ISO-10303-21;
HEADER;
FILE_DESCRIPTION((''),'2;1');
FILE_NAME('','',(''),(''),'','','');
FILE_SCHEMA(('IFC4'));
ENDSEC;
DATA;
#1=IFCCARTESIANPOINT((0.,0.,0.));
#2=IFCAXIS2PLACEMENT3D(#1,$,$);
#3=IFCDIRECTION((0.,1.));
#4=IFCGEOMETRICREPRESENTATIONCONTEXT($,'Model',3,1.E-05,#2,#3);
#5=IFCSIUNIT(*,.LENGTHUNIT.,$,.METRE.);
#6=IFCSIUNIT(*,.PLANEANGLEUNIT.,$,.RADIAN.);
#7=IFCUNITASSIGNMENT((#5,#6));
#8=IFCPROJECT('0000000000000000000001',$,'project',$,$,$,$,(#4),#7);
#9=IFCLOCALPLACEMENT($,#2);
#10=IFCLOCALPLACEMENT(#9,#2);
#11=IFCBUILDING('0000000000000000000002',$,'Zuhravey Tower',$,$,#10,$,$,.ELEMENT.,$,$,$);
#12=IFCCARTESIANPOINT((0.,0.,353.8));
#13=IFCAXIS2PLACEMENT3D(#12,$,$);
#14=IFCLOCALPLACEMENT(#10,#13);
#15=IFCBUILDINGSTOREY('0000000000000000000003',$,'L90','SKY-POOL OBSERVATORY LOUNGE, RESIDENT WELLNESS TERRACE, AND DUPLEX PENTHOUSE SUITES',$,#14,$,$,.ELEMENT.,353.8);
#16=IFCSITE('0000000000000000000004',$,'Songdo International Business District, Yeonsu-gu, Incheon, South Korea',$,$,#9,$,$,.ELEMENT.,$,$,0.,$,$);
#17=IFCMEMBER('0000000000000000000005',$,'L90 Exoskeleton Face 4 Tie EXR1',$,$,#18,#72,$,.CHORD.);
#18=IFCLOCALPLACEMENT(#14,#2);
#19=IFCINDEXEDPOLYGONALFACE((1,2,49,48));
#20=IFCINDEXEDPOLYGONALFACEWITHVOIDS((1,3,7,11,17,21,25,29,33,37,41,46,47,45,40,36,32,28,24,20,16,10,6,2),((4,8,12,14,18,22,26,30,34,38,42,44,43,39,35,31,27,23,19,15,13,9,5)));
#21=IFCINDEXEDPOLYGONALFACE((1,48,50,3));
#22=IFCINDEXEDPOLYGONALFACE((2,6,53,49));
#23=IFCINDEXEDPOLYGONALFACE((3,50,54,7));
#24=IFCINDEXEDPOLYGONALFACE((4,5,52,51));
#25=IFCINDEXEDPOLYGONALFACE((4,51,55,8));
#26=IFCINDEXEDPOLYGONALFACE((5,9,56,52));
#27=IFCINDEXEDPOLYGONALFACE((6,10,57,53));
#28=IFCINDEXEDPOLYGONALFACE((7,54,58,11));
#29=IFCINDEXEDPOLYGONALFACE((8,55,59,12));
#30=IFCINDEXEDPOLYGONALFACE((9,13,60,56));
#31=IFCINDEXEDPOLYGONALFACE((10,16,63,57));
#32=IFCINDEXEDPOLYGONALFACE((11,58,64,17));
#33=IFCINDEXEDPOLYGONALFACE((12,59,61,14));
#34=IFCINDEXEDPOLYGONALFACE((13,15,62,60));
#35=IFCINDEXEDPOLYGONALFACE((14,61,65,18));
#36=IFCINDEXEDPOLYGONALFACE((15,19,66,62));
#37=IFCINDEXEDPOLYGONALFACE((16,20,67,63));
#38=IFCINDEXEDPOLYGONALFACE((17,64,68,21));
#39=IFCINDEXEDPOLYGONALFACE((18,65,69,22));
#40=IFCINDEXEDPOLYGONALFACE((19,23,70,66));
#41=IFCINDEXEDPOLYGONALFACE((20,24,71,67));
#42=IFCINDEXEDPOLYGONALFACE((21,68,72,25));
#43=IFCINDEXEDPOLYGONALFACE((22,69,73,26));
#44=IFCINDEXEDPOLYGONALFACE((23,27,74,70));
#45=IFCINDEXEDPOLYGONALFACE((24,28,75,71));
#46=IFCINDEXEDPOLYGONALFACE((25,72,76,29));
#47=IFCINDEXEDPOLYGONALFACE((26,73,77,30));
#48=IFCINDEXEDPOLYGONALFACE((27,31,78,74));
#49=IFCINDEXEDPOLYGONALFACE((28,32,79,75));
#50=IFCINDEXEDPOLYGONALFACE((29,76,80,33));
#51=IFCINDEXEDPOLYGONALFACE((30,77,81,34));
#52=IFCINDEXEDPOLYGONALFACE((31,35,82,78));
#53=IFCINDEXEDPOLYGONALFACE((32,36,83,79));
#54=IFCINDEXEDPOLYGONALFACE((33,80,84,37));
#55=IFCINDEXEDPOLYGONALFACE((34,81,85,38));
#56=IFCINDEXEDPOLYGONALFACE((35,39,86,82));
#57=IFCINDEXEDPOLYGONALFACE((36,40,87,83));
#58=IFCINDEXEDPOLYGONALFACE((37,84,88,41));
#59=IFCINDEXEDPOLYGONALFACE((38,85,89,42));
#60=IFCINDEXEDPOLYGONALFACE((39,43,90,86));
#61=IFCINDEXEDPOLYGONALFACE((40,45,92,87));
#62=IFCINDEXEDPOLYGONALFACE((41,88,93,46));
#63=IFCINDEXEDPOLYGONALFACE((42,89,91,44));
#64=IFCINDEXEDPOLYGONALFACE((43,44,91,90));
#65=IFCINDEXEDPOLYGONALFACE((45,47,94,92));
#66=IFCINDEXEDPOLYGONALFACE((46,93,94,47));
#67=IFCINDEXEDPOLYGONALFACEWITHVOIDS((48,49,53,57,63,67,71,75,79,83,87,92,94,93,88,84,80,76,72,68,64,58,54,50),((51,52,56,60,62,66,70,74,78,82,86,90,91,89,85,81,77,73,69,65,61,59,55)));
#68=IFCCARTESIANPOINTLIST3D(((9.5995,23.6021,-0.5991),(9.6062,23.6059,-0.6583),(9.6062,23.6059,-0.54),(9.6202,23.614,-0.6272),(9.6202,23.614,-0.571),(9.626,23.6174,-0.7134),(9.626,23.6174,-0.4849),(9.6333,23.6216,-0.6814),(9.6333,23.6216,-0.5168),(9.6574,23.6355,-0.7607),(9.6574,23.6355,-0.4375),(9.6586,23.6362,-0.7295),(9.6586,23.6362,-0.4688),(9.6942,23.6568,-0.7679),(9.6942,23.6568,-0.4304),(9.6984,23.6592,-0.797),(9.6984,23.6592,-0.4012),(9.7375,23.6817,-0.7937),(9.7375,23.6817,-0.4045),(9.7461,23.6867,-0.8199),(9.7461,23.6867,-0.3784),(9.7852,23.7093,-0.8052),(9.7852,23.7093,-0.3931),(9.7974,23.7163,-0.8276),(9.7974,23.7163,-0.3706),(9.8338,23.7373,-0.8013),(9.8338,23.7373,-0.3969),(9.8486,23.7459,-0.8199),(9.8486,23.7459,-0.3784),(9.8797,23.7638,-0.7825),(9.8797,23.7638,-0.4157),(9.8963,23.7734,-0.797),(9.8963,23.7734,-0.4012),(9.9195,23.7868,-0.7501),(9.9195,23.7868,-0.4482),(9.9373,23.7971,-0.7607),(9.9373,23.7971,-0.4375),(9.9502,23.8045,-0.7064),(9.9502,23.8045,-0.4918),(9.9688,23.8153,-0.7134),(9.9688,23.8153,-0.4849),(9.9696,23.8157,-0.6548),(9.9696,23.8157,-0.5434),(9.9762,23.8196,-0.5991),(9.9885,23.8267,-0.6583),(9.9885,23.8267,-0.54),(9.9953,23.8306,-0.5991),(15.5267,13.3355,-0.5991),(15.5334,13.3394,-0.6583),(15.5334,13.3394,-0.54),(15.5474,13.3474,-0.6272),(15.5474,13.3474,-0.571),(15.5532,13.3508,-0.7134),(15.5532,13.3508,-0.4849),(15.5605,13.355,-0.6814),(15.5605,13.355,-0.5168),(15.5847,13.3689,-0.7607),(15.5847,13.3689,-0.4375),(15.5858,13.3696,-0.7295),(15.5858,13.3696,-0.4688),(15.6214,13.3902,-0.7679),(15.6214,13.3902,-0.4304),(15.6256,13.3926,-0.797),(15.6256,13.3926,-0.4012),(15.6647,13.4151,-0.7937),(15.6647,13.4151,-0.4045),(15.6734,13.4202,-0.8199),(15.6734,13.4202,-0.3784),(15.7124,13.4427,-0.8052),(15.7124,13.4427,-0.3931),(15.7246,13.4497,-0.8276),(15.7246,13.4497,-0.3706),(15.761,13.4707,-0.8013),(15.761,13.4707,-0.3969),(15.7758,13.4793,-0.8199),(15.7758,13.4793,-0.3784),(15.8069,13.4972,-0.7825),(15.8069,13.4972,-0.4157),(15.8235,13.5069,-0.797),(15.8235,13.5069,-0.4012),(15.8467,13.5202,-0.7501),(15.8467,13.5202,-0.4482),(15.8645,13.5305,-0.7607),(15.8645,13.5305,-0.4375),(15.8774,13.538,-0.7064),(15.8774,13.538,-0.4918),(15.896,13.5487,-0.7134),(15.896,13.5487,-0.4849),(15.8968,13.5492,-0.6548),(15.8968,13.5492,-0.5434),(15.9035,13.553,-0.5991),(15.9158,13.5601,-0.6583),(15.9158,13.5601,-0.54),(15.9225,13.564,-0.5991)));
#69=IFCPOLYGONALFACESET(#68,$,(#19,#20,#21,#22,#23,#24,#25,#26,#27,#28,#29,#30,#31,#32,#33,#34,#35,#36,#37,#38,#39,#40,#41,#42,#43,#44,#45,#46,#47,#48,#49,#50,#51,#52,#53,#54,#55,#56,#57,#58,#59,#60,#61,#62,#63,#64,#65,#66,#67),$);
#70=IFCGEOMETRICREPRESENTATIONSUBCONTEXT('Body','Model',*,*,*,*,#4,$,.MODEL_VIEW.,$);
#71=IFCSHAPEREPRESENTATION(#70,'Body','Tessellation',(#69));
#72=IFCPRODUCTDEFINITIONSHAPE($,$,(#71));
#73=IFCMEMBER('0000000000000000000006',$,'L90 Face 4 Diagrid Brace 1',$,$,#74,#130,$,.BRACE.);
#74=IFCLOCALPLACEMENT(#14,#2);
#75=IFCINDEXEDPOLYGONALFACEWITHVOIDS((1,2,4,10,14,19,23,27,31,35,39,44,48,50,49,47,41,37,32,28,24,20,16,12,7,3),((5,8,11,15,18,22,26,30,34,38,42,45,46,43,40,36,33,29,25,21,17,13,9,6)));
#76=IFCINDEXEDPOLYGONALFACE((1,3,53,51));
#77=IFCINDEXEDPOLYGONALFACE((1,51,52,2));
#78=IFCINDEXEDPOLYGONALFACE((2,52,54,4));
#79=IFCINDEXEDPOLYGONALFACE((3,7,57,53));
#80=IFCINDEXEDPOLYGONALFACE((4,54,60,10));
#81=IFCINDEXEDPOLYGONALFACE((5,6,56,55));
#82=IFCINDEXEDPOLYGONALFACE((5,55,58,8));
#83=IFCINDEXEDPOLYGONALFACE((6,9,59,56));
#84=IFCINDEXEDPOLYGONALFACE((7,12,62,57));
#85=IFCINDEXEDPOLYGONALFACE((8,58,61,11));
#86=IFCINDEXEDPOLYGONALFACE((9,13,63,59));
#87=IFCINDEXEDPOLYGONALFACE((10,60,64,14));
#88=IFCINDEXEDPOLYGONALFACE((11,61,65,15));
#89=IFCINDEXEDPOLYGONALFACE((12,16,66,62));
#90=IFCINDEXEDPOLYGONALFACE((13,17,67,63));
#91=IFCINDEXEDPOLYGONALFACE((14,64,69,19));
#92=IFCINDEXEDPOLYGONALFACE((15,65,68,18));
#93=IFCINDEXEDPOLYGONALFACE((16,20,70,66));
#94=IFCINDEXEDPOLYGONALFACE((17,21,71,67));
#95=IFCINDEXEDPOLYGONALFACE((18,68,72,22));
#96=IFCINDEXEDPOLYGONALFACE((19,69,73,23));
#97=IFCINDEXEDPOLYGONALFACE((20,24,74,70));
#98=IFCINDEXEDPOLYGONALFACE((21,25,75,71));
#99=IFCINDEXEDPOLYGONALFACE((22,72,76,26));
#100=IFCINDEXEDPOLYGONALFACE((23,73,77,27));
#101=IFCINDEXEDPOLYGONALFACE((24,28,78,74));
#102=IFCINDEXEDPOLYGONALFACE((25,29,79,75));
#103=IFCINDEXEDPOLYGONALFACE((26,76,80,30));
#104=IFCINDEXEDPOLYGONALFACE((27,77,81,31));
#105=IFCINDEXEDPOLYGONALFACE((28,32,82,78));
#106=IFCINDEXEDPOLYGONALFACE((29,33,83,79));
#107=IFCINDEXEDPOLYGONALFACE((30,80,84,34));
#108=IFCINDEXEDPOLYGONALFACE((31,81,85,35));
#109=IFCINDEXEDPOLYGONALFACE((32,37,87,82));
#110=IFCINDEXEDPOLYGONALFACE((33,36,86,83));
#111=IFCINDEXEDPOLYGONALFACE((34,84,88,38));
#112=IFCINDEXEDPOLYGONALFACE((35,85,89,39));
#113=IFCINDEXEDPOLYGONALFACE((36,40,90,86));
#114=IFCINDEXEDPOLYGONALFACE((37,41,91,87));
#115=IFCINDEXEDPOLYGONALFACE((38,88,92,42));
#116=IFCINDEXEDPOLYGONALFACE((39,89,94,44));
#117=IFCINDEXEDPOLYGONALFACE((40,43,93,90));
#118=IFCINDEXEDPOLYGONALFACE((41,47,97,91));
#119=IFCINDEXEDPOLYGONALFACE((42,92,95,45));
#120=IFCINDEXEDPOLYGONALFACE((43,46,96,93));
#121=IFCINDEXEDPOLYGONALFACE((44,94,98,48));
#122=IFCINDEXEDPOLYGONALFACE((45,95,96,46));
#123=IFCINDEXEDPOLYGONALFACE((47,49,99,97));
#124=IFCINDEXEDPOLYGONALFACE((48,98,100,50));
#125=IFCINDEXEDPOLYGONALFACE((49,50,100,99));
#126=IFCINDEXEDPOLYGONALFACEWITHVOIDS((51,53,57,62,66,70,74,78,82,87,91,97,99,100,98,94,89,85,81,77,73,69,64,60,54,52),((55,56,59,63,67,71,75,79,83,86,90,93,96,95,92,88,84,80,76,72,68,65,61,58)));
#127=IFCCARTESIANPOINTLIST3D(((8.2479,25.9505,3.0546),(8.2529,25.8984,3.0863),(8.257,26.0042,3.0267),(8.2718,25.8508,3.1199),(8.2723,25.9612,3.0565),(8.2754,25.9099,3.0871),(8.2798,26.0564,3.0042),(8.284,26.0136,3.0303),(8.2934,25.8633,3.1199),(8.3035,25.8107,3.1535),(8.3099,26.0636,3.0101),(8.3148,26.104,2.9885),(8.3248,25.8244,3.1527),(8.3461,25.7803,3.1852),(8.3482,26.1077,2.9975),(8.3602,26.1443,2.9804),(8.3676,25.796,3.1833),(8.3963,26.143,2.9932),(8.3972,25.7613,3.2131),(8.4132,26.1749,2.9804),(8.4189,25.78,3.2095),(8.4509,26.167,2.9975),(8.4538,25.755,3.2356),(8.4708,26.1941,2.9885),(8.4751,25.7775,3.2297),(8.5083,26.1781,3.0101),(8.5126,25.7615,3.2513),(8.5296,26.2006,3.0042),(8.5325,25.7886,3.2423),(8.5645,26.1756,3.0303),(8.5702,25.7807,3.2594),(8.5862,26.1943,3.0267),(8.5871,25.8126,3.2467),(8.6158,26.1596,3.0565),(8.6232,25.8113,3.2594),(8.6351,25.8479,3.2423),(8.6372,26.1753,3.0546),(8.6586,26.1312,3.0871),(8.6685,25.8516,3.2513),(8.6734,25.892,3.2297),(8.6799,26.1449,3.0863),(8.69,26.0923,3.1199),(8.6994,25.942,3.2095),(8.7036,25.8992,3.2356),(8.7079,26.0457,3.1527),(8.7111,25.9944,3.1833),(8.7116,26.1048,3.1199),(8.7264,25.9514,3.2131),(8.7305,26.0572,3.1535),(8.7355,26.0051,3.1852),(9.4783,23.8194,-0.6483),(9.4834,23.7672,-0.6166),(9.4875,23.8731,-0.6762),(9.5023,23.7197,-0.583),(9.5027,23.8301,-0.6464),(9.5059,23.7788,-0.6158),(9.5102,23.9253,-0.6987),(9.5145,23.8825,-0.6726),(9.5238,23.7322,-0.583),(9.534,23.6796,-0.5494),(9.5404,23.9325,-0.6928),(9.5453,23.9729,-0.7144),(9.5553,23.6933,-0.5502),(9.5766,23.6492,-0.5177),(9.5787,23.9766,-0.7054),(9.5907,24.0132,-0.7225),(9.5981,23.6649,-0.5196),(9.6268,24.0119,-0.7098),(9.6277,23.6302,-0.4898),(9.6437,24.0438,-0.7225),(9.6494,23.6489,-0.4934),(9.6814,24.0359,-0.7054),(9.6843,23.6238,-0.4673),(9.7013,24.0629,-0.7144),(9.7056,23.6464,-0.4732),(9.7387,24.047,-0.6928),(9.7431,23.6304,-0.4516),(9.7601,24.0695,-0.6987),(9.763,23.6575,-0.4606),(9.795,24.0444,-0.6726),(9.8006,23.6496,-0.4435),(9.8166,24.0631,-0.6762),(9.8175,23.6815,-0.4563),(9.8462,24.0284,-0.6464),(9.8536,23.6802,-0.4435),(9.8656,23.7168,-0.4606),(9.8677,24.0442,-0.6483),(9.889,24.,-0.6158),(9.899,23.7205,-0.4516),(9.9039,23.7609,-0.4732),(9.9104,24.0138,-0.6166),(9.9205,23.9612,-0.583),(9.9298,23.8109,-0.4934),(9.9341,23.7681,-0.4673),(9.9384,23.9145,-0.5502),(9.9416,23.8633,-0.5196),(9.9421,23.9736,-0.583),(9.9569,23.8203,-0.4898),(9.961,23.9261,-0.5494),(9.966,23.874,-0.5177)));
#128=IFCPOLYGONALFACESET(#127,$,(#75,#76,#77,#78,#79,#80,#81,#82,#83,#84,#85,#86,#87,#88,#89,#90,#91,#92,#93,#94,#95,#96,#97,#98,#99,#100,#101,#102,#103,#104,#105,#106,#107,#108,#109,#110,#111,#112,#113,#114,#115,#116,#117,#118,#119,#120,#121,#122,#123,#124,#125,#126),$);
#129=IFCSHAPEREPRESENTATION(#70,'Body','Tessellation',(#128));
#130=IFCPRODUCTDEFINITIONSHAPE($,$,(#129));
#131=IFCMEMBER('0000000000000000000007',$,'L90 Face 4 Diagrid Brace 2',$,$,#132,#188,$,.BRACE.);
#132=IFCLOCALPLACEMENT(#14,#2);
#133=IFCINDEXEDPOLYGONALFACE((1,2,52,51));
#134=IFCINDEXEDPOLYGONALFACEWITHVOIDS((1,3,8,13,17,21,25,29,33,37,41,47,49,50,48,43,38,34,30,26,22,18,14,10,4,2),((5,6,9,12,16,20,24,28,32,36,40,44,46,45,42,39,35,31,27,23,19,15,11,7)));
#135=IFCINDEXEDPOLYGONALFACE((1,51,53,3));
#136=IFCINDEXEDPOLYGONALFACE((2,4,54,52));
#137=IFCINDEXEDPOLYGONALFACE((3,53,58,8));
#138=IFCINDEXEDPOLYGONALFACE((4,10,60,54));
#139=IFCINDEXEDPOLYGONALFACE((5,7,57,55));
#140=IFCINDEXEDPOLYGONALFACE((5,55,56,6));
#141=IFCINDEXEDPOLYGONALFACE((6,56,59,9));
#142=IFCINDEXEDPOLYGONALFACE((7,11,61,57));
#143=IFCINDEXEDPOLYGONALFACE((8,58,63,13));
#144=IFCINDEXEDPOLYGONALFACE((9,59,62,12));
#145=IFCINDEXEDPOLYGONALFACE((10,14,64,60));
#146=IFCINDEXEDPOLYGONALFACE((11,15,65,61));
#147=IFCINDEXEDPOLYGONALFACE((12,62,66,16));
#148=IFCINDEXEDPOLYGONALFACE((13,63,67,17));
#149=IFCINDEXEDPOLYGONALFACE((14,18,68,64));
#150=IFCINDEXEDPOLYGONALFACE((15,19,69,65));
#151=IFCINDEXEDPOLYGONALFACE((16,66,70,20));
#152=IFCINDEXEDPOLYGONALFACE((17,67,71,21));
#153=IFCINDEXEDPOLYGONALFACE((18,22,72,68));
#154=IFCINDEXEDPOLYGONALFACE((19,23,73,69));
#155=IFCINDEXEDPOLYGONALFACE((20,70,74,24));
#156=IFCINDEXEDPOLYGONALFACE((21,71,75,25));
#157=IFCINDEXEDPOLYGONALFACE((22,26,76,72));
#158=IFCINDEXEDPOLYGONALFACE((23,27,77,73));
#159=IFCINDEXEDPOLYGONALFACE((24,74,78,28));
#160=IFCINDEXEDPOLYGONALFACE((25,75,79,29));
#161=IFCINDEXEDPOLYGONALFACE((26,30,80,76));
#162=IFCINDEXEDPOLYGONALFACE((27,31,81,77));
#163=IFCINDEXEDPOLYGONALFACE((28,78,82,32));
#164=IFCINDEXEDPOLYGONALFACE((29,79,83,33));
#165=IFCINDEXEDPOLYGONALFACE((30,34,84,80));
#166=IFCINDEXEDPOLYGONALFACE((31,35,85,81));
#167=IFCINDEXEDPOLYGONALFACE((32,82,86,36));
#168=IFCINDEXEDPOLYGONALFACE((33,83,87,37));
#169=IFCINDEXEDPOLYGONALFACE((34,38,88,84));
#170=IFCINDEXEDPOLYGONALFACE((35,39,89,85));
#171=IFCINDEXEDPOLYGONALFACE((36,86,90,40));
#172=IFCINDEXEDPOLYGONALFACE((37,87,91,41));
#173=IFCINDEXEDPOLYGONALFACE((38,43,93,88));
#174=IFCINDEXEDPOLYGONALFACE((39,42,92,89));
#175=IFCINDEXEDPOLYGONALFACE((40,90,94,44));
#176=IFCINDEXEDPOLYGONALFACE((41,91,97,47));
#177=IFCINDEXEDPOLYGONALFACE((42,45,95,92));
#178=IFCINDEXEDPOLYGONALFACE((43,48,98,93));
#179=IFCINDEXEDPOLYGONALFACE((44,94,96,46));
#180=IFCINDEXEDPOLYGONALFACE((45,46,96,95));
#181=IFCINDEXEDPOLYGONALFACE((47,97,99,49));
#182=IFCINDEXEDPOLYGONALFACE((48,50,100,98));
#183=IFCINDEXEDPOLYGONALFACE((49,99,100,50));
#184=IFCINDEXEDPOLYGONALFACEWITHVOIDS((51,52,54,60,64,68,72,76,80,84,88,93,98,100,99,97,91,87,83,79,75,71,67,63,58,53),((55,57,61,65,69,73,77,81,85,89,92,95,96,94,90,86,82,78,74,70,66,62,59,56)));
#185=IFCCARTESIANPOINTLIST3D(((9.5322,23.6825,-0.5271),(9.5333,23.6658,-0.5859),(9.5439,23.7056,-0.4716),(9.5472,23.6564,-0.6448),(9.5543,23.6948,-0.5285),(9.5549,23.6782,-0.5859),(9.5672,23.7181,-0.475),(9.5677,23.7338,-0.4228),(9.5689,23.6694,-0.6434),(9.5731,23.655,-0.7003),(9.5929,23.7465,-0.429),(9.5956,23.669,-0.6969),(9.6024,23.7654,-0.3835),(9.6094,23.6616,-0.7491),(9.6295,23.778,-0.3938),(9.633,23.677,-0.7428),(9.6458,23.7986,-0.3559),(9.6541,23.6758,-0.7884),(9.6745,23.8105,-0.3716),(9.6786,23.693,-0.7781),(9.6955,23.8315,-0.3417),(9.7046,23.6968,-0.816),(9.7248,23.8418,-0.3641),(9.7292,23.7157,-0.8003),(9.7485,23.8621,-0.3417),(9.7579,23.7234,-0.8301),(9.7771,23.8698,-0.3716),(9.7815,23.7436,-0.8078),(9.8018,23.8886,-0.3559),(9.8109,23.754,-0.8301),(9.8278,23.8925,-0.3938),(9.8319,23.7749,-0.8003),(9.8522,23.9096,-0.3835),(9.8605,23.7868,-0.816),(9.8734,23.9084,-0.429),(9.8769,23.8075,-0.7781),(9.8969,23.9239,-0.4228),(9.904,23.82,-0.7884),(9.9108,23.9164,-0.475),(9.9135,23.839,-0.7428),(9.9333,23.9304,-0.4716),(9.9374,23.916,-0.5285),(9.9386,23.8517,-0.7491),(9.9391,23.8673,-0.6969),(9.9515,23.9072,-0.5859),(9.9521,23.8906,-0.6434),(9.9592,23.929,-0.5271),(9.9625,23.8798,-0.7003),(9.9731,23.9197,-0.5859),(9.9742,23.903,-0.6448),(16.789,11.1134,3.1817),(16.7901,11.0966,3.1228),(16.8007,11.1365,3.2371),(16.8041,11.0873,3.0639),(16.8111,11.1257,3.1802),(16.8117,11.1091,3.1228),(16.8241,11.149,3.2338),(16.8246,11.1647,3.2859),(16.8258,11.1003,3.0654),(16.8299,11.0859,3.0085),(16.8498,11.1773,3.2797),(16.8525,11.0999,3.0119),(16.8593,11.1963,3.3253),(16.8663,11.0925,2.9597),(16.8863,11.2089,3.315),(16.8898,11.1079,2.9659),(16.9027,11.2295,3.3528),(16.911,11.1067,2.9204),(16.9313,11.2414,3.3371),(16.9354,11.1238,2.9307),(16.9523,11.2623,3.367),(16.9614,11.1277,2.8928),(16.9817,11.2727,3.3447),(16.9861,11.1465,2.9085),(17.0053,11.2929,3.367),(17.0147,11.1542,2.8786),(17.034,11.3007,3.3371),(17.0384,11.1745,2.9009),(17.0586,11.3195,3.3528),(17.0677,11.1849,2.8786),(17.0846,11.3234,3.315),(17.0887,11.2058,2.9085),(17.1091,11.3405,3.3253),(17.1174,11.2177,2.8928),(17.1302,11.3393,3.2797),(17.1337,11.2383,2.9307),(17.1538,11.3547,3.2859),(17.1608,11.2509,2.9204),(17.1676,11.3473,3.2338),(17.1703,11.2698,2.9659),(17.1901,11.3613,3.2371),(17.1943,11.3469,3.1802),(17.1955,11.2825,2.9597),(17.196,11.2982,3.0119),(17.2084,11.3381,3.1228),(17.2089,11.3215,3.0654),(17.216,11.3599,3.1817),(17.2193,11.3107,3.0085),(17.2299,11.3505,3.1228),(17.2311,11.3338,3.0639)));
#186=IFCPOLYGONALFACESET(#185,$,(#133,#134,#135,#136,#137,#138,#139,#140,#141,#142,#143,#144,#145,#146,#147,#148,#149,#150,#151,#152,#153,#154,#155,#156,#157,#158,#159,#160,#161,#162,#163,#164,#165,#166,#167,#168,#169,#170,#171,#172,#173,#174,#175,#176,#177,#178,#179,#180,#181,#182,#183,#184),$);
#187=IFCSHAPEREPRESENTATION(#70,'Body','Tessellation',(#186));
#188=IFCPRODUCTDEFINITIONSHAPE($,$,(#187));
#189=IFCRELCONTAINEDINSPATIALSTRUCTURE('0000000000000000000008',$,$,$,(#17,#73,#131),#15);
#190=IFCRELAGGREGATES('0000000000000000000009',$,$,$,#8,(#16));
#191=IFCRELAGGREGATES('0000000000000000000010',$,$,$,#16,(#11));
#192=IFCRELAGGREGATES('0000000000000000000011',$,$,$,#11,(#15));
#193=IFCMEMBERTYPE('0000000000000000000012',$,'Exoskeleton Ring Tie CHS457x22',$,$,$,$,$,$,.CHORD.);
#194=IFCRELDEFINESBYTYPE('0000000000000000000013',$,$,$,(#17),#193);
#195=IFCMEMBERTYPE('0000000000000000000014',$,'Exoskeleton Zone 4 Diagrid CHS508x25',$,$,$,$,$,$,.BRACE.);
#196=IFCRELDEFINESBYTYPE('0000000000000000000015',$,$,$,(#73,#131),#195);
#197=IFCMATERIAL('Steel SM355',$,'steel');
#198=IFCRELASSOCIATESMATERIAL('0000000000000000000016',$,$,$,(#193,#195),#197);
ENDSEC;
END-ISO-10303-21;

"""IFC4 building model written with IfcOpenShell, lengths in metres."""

from ifc_helpers import new_model, si_unit, direction, frame, origin, origin_2d, place, context, subcontext, project, spatial, hollow_circle, extrude, material, material_profile, profile_set, type_object, element, save


model = new_model("IFC4")

# Units and contexts
model_context = context("Model", 3, precision=1e-05, world=origin(), true_north=direction((0.0, 1.0)))
body_context = subcontext(model_context, "Body", "Model", "MODEL_VIEW")
ifc_project = project(units=[si_unit("LENGTHUNIT", "METRE"), si_unit("PLANEANGLEUNIT", "RADIAN")], contexts=[model_context])

# Site, building, storey
site_placement = place(None, origin())
site = spatial("IfcSite", under=ifc_project, at=site_placement, Name="Songdo International Business District, Yeonsu-gu, Incheon, South Korea", CompositionType="ELEMENT", RefElevation=0.0)
building_placement = place(site_placement, origin())
building = spatial("IfcBuilding", under=site, at=building_placement, Name="Zuhravey Tower", CompositionType="ELEMENT")
storey_placement = place(building_placement, frame((0.0, 0.0, 353.8)))
storey = spatial("IfcBuildingStorey", under=building, at=storey_placement, Name="L90", Description="SKY-POOL OBSERVATORY LOUNGE, RESIDENT WELLNESS TERRACE, AND DUPLEX PENTHOUSE SUITES", CompositionType="ELEMENT", Elevation=353.8)

# Members
ifc_material_1 = material(Name="Steel SM355", Category="steel")
ifc_material_profile_1 = material_profile(ifc_material_1, hollow_circle(Radius=0.2285, WallThickness=0.022, at=origin_2d()), Name="CHS-457.2x22")
ifc_profile_set_1 = profile_set([ifc_material_profile_1], Name="Steel SM355")
member_type_1 = type_object("IfcMemberType", Name="Exoskeleton Ring Tie CHS457x22", PredefinedType="CHORD", material=ifc_profile_set_1)
member_1_placement = place(storey_placement, frame((9.7974, 23.7163, -0.5991), z_axis=(0.499989, -0.866032, 0.0), x_axis=(0.866032, 0.499989, 0.0)))
element("IfcMember", 1, at=member_1_placement, inside=storey, type_object=member_type_1, Name="L90 Exoskeleton Face 4 Tie EXR1", PredefinedType="CHORD", context=body_context, shape_type="SweptSolid", body=[
    extrude(hollow_circle(Radius=0.2285, WallThickness=0.022, at=origin_2d()), origin(), (0.0, 0.0, 1.0), 11.8547),
])
ifc_material_profile_2 = material_profile(ifc_material_1, hollow_circle(Radius=0.2539, WallThickness=0.0249, at=origin_2d()), Name="CHS-508.0x25")
ifc_profile_set_2 = profile_set([ifc_material_profile_2], Name="Steel SM355")
member_type_2 = type_object("IfcMemberType", Name="Exoskeleton Zone 4 Diagrid CHS508x25", PredefinedType="BRACE", material=ifc_profile_set_2)
member_2_placement = place(storey_placement, frame((9.7222, 23.8467, -0.583), z_axis=(-0.276758, 0.47933, 0.832855), x_axis=(-0.866012, -0.500023, 0.0)))
element("IfcMember", 2, at=member_2_placement, inside=storey, type_object=member_type_2, Name="L90 Face 4 Diagrid Brace 1", PredefinedType="BRACE", context=body_context, shape_type="SweptSolid", body=[
    extrude(hollow_circle(Radius=0.2539, WallThickness=0.0249, at=origin_2d()), origin(), (0.0, 0.0, 1.0), 4.446),
])
member_3_placement = place(storey_placement, frame((9.7532, 23.7927, -0.5859), z_axis=(0.484437, -0.839062, 0.247581), x_axis=(0.866023, 0.500003, 0.0)))
element("IfcMember", 3, at=member_3_placement, inside=storey, type_object=member_type_2, Name="L90 Face 4 Diagrid Brace 2", PredefinedType="BRACE", context=body_context, shape_type="SweptSolid", body=[
    extrude(hollow_circle(Radius=0.2539, WallThickness=0.0249, at=origin_2d()), origin(), (0.0, 0.0, 1.0), 14.98),
])

save(model, "model.ifc")
